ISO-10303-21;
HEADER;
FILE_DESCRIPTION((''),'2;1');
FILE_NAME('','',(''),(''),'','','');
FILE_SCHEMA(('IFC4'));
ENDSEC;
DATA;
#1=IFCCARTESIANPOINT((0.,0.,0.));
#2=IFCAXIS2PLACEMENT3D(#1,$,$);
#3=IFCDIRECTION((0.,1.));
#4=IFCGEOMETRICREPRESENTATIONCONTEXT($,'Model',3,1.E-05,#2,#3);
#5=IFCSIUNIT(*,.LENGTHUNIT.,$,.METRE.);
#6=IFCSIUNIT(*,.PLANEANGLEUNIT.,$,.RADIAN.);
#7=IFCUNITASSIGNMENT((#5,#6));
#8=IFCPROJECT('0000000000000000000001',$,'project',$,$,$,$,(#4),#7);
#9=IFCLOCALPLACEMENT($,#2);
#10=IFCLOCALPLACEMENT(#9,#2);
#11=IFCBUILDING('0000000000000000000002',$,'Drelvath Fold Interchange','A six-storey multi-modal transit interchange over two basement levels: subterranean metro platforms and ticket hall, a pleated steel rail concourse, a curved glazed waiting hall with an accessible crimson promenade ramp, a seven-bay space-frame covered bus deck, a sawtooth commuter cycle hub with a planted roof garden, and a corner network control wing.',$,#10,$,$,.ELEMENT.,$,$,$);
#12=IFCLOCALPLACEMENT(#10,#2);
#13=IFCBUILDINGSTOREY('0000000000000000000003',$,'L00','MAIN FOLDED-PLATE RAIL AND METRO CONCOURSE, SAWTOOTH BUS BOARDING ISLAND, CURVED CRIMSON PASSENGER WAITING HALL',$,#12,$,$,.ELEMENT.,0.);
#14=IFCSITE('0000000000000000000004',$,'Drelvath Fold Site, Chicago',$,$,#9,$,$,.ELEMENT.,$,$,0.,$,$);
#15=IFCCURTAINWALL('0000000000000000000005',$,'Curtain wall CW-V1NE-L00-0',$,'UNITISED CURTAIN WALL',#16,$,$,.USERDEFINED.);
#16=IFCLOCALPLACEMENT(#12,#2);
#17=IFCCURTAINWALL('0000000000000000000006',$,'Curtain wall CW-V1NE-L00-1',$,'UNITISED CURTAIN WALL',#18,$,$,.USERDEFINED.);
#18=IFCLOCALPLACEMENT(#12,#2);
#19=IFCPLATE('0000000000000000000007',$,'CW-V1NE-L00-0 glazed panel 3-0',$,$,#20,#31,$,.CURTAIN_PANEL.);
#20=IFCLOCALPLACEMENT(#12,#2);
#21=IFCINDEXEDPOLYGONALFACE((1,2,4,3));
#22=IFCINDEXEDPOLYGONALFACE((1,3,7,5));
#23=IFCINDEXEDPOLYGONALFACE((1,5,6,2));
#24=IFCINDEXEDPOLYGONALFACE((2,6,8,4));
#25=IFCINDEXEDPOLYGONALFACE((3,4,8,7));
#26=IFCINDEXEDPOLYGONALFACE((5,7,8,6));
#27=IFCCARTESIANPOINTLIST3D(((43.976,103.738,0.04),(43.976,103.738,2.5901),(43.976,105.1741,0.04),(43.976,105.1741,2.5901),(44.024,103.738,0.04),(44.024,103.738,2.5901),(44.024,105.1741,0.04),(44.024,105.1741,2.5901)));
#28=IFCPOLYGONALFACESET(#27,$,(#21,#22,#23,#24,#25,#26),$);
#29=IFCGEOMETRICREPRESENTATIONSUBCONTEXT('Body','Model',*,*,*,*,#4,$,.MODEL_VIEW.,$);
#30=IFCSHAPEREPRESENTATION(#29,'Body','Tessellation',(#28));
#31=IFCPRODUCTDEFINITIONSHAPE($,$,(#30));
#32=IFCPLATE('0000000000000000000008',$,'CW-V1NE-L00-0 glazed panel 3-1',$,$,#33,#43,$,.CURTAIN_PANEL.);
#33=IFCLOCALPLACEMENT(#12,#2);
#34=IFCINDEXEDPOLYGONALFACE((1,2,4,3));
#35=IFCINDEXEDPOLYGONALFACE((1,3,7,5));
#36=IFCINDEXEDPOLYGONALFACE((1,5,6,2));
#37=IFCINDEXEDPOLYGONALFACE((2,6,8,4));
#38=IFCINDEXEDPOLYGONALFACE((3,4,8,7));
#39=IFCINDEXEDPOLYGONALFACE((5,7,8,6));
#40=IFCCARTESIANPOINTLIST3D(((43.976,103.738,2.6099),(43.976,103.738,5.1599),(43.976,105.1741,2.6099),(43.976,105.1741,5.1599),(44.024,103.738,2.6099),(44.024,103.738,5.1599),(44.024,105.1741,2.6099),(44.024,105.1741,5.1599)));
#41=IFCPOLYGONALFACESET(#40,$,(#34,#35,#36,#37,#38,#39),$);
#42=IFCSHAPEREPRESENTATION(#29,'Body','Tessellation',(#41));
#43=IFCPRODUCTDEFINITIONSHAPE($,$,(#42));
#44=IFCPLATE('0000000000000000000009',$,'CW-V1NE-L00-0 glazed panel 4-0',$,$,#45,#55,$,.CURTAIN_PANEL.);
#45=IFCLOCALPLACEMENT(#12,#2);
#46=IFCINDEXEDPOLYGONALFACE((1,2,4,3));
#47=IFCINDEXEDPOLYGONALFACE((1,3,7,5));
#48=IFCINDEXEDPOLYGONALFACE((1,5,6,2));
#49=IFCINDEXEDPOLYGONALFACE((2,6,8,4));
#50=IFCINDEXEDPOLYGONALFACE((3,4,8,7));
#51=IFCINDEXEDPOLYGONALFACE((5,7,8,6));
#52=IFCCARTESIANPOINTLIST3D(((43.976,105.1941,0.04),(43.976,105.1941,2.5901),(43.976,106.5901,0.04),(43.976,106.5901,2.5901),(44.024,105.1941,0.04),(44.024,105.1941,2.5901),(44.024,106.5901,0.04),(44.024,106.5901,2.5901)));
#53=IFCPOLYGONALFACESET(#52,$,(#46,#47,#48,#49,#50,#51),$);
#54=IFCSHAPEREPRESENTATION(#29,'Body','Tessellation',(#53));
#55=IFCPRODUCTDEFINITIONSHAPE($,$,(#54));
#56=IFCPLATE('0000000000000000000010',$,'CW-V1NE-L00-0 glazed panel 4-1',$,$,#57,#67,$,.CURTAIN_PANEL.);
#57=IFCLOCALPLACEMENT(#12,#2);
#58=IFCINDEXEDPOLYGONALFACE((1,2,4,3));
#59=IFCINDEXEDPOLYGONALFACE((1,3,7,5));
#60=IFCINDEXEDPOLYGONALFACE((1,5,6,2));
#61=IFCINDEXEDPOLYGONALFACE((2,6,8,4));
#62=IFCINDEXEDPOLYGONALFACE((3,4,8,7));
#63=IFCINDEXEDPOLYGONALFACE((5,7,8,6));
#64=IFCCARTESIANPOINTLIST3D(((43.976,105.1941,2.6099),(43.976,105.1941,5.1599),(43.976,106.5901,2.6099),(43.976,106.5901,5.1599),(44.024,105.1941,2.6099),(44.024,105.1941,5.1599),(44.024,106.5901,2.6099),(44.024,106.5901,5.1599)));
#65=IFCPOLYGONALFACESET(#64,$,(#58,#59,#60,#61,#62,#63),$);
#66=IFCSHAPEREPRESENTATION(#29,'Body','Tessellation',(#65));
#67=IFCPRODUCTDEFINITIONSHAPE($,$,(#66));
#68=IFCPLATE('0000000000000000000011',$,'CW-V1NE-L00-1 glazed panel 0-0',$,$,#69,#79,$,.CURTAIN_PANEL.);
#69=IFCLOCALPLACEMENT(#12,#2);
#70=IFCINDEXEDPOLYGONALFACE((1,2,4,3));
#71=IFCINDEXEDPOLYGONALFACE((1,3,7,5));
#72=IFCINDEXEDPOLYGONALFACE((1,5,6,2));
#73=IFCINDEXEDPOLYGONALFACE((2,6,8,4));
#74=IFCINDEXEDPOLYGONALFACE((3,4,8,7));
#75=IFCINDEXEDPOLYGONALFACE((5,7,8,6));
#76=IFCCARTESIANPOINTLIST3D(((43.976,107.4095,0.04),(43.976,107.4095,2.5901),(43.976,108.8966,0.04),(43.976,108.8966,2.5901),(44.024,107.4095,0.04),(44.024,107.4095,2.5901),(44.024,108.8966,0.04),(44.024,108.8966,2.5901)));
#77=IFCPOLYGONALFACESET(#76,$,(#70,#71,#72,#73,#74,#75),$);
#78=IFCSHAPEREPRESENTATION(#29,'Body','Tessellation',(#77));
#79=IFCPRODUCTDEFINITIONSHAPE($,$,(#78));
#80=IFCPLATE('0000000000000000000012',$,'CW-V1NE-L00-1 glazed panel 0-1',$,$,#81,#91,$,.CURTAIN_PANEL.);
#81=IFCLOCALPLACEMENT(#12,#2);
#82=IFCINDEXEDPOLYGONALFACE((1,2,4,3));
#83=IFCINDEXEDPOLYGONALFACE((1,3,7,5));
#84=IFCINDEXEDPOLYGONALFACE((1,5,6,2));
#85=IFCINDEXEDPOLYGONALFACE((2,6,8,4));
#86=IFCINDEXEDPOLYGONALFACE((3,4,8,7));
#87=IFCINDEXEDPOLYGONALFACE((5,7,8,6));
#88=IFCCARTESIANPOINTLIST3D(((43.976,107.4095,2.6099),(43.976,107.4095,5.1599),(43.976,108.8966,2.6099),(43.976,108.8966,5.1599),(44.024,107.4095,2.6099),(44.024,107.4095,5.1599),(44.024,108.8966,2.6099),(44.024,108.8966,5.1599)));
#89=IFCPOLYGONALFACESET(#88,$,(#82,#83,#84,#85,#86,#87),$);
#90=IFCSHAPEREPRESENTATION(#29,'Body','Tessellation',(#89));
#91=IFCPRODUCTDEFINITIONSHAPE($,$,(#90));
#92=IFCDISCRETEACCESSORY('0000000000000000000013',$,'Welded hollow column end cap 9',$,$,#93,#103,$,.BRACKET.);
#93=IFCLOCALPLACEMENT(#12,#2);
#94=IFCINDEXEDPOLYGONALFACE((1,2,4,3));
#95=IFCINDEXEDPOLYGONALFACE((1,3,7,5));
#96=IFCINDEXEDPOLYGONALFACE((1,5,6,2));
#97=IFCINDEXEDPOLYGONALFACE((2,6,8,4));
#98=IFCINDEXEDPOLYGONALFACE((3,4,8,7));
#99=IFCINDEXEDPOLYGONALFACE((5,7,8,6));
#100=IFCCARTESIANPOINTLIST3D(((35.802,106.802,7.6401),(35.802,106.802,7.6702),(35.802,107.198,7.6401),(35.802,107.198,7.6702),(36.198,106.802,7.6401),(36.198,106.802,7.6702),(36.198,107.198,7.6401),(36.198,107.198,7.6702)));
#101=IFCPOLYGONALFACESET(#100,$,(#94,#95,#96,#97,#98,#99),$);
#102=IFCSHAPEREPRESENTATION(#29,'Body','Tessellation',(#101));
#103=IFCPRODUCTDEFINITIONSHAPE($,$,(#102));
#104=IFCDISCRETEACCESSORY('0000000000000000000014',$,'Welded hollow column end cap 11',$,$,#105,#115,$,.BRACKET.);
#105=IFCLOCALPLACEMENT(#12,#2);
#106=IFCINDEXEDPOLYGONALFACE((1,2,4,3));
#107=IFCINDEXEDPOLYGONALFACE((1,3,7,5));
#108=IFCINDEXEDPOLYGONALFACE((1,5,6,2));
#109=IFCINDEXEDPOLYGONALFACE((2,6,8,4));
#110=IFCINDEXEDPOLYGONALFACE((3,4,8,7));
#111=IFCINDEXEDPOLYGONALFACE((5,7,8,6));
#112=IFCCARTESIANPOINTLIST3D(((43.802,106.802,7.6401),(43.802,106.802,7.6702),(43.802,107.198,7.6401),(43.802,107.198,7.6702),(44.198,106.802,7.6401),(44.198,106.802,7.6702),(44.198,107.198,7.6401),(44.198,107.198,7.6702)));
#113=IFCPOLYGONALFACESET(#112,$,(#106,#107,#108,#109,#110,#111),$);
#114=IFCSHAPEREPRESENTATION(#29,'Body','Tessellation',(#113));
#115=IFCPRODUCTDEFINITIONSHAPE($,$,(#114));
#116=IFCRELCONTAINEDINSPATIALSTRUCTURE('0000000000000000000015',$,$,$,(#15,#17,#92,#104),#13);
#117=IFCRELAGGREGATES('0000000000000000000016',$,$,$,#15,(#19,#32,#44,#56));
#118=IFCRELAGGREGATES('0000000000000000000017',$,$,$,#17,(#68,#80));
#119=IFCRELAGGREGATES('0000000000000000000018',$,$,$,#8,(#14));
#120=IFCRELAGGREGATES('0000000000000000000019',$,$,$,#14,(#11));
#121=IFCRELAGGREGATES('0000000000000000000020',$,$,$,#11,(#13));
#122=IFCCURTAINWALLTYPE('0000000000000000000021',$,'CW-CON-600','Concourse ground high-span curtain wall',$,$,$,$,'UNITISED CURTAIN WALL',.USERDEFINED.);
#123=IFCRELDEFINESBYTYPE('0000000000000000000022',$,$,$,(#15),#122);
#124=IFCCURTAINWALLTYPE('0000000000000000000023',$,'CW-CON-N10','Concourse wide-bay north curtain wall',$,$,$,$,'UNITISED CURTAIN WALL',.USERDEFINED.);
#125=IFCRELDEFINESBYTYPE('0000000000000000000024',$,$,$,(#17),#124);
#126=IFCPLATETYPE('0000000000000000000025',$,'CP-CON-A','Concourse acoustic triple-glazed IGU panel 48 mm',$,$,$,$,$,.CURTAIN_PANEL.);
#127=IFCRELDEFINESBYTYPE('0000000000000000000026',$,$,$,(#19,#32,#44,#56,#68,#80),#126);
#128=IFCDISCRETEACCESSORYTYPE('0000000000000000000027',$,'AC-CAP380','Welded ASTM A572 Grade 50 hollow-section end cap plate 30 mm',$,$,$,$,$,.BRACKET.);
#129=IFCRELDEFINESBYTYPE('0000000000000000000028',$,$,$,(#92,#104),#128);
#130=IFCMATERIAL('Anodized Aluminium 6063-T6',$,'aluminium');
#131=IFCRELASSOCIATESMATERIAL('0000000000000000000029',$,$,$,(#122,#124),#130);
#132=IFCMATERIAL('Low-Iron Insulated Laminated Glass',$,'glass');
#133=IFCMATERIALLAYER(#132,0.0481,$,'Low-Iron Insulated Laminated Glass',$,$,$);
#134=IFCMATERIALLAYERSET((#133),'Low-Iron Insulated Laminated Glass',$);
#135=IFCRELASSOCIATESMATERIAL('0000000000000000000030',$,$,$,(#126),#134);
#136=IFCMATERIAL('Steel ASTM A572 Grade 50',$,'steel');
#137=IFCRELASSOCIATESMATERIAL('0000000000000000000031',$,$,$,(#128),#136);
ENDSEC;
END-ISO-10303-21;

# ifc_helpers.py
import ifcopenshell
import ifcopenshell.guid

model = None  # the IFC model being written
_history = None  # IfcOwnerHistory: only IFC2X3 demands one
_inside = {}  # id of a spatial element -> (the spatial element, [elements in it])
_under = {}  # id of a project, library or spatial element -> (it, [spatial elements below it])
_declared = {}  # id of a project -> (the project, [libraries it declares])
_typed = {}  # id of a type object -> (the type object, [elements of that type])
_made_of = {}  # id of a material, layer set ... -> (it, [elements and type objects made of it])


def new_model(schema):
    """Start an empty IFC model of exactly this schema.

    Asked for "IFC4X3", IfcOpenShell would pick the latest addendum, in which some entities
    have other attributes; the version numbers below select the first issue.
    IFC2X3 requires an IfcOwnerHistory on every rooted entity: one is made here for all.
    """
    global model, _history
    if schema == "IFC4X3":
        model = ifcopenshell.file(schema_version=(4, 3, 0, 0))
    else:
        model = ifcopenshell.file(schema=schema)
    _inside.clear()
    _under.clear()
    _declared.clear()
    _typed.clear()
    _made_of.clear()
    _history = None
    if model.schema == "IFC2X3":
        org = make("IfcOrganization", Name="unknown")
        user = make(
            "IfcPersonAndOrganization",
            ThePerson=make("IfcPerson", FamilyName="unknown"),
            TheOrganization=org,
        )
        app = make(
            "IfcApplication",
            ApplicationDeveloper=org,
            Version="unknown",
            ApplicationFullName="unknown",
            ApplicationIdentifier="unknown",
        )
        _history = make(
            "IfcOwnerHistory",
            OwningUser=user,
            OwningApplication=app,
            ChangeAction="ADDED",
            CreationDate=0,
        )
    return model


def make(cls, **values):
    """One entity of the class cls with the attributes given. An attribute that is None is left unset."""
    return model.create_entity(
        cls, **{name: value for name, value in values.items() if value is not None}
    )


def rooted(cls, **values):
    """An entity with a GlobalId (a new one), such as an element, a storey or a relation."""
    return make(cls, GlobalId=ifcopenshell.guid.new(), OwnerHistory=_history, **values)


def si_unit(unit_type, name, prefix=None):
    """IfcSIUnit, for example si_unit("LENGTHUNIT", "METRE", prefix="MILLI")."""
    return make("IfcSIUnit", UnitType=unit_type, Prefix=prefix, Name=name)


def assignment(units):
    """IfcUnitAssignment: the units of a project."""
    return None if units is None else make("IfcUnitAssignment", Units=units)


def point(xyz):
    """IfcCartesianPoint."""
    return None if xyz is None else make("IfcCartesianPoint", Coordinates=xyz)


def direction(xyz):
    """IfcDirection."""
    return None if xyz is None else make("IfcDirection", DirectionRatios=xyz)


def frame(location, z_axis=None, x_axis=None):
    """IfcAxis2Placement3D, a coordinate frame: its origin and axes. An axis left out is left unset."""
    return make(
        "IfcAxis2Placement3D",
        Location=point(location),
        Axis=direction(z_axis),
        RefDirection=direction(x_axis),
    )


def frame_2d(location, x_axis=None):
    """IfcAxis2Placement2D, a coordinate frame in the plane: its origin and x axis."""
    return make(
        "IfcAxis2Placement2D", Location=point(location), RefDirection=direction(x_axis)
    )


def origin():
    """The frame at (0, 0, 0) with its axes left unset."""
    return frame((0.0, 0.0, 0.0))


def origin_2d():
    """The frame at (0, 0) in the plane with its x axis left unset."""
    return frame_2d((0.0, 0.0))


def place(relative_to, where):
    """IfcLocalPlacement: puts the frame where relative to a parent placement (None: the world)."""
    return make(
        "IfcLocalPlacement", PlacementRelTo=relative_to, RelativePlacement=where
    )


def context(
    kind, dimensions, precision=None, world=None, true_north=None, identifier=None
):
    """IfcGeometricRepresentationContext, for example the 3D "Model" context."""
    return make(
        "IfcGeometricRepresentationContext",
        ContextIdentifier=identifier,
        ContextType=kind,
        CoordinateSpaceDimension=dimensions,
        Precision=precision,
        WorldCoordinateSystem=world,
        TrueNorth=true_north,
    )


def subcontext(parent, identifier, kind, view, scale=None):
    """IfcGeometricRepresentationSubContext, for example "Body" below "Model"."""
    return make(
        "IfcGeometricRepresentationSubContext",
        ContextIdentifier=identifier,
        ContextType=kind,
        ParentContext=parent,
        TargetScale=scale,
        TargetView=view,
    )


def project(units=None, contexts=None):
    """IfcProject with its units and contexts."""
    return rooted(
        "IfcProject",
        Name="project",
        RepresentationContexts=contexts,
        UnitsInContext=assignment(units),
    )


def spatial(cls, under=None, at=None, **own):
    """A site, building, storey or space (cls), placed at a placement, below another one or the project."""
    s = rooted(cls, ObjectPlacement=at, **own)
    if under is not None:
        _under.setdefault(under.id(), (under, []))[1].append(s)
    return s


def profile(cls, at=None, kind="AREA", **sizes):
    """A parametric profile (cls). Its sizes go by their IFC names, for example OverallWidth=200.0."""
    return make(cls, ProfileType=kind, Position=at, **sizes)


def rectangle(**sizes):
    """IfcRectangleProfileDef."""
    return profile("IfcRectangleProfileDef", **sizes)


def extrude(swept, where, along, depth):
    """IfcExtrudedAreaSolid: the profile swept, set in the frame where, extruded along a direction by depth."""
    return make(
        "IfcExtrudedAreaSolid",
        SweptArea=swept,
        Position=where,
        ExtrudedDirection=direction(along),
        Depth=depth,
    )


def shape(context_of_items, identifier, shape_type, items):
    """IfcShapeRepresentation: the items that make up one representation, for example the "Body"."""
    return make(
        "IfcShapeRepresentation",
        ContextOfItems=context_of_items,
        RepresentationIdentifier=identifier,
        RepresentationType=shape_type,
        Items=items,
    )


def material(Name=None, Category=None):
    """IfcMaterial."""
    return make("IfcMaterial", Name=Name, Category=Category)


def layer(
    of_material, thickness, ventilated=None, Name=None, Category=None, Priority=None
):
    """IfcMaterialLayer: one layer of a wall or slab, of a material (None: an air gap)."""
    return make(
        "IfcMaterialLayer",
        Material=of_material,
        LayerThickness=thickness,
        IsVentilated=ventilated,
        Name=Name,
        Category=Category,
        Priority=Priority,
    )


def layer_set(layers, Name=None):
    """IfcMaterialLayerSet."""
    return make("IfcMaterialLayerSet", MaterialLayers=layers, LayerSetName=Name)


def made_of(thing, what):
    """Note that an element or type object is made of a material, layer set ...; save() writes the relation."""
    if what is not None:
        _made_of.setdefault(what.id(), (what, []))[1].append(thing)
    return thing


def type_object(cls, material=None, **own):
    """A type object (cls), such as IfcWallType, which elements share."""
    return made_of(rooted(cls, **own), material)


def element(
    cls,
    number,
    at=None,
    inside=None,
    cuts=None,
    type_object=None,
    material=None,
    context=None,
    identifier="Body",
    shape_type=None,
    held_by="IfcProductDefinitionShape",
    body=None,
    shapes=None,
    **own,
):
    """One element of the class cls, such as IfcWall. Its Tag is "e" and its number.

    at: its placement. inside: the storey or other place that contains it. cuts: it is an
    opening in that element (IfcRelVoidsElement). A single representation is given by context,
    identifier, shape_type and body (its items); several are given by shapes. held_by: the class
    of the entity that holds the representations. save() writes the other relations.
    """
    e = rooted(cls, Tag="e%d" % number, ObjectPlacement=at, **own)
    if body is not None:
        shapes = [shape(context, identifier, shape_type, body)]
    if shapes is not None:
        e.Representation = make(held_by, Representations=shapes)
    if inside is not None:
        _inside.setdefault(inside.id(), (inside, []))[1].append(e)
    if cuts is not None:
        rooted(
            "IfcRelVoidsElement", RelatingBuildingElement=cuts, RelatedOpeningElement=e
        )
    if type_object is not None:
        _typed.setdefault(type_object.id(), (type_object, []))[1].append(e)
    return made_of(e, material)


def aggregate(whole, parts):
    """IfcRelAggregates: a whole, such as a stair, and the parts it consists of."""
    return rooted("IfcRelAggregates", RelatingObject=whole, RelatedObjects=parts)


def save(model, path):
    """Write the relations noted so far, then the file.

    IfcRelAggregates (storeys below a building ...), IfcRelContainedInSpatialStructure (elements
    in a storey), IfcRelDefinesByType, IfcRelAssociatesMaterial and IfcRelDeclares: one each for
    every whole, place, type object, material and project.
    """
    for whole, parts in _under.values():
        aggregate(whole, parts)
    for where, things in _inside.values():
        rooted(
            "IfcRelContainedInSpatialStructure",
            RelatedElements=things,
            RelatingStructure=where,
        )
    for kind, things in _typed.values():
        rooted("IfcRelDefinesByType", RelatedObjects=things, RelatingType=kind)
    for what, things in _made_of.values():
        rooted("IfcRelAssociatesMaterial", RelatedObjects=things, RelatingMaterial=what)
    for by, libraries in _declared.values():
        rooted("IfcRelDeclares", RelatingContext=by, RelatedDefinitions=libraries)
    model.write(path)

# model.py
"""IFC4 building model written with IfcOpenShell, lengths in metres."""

from ifc_helpers import new_model, si_unit, direction, frame, origin, origin_2d, place, context, subcontext, project, spatial, rectangle, extrude, material, layer, layer_set, type_object, element, aggregate, save


model = new_model("IFC4")

# Units and contexts
model_context = context("Model", 3, precision=1e-05, world=origin(), true_north=direction((0.0, 1.0)))
body_context = subcontext(model_context, "Body", "Model", "MODEL_VIEW")
ifc_project = project(units=[si_unit("LENGTHUNIT", "METRE"), si_unit("PLANEANGLEUNIT", "RADIAN")], contexts=[model_context])

# Site, building, storey
site_placement = place(None, origin())
site = spatial("IfcSite", under=ifc_project, at=site_placement, Name="Drelvath Fold Site, Chicago", CompositionType="ELEMENT", RefElevation=0.0)
building_placement = place(site_placement, origin())
building = spatial("IfcBuilding", under=site, at=building_placement, Name="Drelvath Fold Interchange", Description="A six-storey multi-modal transit interchange over two basement levels: subterranean metro platforms and ticket hall, a pleated steel rail concourse, a curved glazed waiting hall with an accessible crimson promenade ramp, a seven-bay space-frame covered bus deck, a sawtooth commuter cycle hub with a planted roof garden, and a corner network control wing.", CompositionType="ELEMENT")
storey_placement = place(building_placement, origin())
storey = spatial("IfcBuildingStorey", under=building, at=storey_placement, Name="L00", Description="MAIN FOLDED-PLATE RAIL AND METRO CONCOURSE, SAWTOOTH BUS BOARDING ISLAND, CURVED CRIMSON PASSENGER WAITING HALL", CompositionType="ELEMENT", Elevation=0.0)

# Curtain wall
ifc_material_1 = material(Name="Anodized Aluminium 6063-T6", Category="aluminium")
curtain_wall_type_1 = type_object("IfcCurtainWallType", Name="CW-CON-600", Description="Concourse ground high-span curtain wall", ElementType="UNITISED CURTAIN WALL", PredefinedType="USERDEFINED", material=ifc_material_1)
curtain_wall_1_placement = place(storey_placement, origin())
curtain_wall_1 = element("IfcCurtainWall", 1, at=curtain_wall_1_placement, inside=storey, type_object=curtain_wall_type_1, Name="Curtain wall CW-V1NE-L00-0", ObjectType="UNITISED CURTAIN WALL", PredefinedType="USERDEFINED")

# Curtain wall
curtain_wall_type_2 = type_object("IfcCurtainWallType", Name="CW-CON-N10", Description="Concourse wide-bay north curtain wall", ElementType="UNITISED CURTAIN WALL", PredefinedType="USERDEFINED", material=ifc_material_1)
curtain_wall_2_placement = place(storey_placement, origin())
curtain_wall_2 = element("IfcCurtainWall", 2, at=curtain_wall_2_placement, inside=storey, type_object=curtain_wall_type_2, Name="Curtain wall CW-V1NE-L00-1", ObjectType="UNITISED CURTAIN WALL", PredefinedType="USERDEFINED")

# Plates
ifc_material_2 = material(Name="Low-Iron Insulated Laminated Glass", Category="glass")
ifc_layer = layer(ifc_material_2, 0.0481, Name="Low-Iron Insulated Laminated Glass")
ifc_layer_set = layer_set([ifc_layer], Name="Low-Iron Insulated Laminated Glass")
plate_type = type_object("IfcPlateType", Name="CP-CON-A", Description="Concourse acoustic triple-glazed IGU panel 48 mm", PredefinedType="CURTAIN_PANEL", material=ifc_layer_set)
plate_1_placement = place(storey_placement, frame((44.0, 104.4561, 0.04), z_axis=(0.0, 0.0, 1.0), x_axis=(0.0, 1.0, 0.0)))
plate_1 = element("IfcPlate", 3, at=plate_1_placement, type_object=plate_type, Name="CW-V1NE-L00-0 glazed panel 3-0", PredefinedType="CURTAIN_PANEL", context=body_context, shape_type="SweptSolid", body=[
    extrude(rectangle(XDim=1.436, YDim=0.0481, at=origin_2d()), origin(), (0.0, 0.0, 1.0), 2.55),
])
plate_2_placement = place(storey_placement, frame((44.0, 104.4561, 2.6099), z_axis=(0.0, 0.0, 1.0), x_axis=(0.0, 1.0, 0.0)))
plate_2 = element("IfcPlate", 4, at=plate_2_placement, type_object=plate_type, Name="CW-V1NE-L00-0 glazed panel 3-1", PredefinedType="CURTAIN_PANEL", context=body_context, shape_type="SweptSolid", body=[
    extrude(rectangle(XDim=1.436, YDim=0.0481, at=origin_2d()), origin(), (0.0, 0.0, 1.0), 2.55),
])
plate_3_placement = place(storey_placement, frame((44.0, 105.8921, 0.04), z_axis=(0.0, 0.0, 1.0), x_axis=(0.0, 1.0, 0.0)))
plate_3 = element("IfcPlate", 5, at=plate_3_placement, type_object=plate_type, Name="CW-V1NE-L00-0 glazed panel 4-0", PredefinedType="CURTAIN_PANEL", context=body_context, shape_type="SweptSolid", body=[
    extrude(rectangle(XDim=1.396, YDim=0.0481, at=origin_2d()), origin(), (0.0, 0.0, 1.0), 2.55),
])
plate_4_placement = place(storey_placement, frame((44.0, 105.8921, 2.6099), z_axis=(0.0, 0.0, 1.0), x_axis=(0.0, 1.0, 0.0)))
plate_4 = element("IfcPlate", 6, at=plate_4_placement, type_object=plate_type, Name="CW-V1NE-L00-0 glazed panel 4-1", PredefinedType="CURTAIN_PANEL", context=body_context, shape_type="SweptSolid", body=[
    extrude(rectangle(XDim=1.396, YDim=0.0481, at=origin_2d()), origin(), (0.0, 0.0, 1.0), 2.55),
])
aggregate(curtain_wall_1, [plate_1, plate_2, plate_3, plate_4])
plate_5_placement = place(storey_placement, frame((44.0, 108.1531, 0.04), z_axis=(0.0, 0.0, 1.0), x_axis=(0.0, 1.0, 0.0)))
plate_5 = element("IfcPlate", 7, at=plate_5_placement, type_object=plate_type, Name="CW-V1NE-L00-1 glazed panel 0-0", PredefinedType="CURTAIN_PANEL", context=body_context, shape_type="SweptSolid", body=[
    extrude(rectangle(XDim=1.4871, YDim=0.0481, at=origin_2d()), origin(), (0.0, 0.0, 1.0), 2.55),
])
plate_6_placement = place(storey_placement, frame((44.0, 108.1531, 2.6099), z_axis=(0.0, 0.0, 1.0), x_axis=(0.0, 1.0, 0.0)))
plate_6 = element("IfcPlate", 8, at=plate_6_placement, type_object=plate_type, Name="CW-V1NE-L00-1 glazed panel 0-1", PredefinedType="CURTAIN_PANEL", context=body_context, shape_type="SweptSolid", body=[
    extrude(rectangle(XDim=1.4871, YDim=0.0481, at=origin_2d()), origin(), (0.0, 0.0, 1.0), 2.55),
])
aggregate(curtain_wall_2, [plate_5, plate_6])

# Discrete accessories
ifc_material_3 = material(Name="Steel ASTM A572 Grade 50", Category="steel")
discrete_accessory_type = type_object("IfcDiscreteAccessoryType", Name="AC-CAP380", Description="Welded ASTM A572 Grade 50 hollow-section end cap plate 30 mm", PredefinedType="BRACKET", material=ifc_material_3)
for number, where, z_axis, x_axis, name in (
    (9, (36.0, 107.0, 7.6401), (0.0, 0.0, 1.0), (1.0, 0.0, 0.0), "Welded hollow column end cap 9"),
    (10, (44.0, 107.0, 7.6401), (0.0, 0.0, 1.0), (1.0, 0.0, 0.0), "Welded hollow column end cap 11"),
):
    element("IfcDiscreteAccessory", number, at=place(storey_placement, frame(where, z_axis=z_axis, x_axis=x_axis)), inside=storey, type_object=discrete_accessory_type, Name=name, PredefinedType="BRACKET", context=body_context, shape_type="SweptSolid", body=[
        extrude(rectangle(XDim=0.396, YDim=0.396, at=origin_2d()), origin(), (0.0, 0.0, 1.0), 0.03),
    ])

save(model, "model.ifc")
